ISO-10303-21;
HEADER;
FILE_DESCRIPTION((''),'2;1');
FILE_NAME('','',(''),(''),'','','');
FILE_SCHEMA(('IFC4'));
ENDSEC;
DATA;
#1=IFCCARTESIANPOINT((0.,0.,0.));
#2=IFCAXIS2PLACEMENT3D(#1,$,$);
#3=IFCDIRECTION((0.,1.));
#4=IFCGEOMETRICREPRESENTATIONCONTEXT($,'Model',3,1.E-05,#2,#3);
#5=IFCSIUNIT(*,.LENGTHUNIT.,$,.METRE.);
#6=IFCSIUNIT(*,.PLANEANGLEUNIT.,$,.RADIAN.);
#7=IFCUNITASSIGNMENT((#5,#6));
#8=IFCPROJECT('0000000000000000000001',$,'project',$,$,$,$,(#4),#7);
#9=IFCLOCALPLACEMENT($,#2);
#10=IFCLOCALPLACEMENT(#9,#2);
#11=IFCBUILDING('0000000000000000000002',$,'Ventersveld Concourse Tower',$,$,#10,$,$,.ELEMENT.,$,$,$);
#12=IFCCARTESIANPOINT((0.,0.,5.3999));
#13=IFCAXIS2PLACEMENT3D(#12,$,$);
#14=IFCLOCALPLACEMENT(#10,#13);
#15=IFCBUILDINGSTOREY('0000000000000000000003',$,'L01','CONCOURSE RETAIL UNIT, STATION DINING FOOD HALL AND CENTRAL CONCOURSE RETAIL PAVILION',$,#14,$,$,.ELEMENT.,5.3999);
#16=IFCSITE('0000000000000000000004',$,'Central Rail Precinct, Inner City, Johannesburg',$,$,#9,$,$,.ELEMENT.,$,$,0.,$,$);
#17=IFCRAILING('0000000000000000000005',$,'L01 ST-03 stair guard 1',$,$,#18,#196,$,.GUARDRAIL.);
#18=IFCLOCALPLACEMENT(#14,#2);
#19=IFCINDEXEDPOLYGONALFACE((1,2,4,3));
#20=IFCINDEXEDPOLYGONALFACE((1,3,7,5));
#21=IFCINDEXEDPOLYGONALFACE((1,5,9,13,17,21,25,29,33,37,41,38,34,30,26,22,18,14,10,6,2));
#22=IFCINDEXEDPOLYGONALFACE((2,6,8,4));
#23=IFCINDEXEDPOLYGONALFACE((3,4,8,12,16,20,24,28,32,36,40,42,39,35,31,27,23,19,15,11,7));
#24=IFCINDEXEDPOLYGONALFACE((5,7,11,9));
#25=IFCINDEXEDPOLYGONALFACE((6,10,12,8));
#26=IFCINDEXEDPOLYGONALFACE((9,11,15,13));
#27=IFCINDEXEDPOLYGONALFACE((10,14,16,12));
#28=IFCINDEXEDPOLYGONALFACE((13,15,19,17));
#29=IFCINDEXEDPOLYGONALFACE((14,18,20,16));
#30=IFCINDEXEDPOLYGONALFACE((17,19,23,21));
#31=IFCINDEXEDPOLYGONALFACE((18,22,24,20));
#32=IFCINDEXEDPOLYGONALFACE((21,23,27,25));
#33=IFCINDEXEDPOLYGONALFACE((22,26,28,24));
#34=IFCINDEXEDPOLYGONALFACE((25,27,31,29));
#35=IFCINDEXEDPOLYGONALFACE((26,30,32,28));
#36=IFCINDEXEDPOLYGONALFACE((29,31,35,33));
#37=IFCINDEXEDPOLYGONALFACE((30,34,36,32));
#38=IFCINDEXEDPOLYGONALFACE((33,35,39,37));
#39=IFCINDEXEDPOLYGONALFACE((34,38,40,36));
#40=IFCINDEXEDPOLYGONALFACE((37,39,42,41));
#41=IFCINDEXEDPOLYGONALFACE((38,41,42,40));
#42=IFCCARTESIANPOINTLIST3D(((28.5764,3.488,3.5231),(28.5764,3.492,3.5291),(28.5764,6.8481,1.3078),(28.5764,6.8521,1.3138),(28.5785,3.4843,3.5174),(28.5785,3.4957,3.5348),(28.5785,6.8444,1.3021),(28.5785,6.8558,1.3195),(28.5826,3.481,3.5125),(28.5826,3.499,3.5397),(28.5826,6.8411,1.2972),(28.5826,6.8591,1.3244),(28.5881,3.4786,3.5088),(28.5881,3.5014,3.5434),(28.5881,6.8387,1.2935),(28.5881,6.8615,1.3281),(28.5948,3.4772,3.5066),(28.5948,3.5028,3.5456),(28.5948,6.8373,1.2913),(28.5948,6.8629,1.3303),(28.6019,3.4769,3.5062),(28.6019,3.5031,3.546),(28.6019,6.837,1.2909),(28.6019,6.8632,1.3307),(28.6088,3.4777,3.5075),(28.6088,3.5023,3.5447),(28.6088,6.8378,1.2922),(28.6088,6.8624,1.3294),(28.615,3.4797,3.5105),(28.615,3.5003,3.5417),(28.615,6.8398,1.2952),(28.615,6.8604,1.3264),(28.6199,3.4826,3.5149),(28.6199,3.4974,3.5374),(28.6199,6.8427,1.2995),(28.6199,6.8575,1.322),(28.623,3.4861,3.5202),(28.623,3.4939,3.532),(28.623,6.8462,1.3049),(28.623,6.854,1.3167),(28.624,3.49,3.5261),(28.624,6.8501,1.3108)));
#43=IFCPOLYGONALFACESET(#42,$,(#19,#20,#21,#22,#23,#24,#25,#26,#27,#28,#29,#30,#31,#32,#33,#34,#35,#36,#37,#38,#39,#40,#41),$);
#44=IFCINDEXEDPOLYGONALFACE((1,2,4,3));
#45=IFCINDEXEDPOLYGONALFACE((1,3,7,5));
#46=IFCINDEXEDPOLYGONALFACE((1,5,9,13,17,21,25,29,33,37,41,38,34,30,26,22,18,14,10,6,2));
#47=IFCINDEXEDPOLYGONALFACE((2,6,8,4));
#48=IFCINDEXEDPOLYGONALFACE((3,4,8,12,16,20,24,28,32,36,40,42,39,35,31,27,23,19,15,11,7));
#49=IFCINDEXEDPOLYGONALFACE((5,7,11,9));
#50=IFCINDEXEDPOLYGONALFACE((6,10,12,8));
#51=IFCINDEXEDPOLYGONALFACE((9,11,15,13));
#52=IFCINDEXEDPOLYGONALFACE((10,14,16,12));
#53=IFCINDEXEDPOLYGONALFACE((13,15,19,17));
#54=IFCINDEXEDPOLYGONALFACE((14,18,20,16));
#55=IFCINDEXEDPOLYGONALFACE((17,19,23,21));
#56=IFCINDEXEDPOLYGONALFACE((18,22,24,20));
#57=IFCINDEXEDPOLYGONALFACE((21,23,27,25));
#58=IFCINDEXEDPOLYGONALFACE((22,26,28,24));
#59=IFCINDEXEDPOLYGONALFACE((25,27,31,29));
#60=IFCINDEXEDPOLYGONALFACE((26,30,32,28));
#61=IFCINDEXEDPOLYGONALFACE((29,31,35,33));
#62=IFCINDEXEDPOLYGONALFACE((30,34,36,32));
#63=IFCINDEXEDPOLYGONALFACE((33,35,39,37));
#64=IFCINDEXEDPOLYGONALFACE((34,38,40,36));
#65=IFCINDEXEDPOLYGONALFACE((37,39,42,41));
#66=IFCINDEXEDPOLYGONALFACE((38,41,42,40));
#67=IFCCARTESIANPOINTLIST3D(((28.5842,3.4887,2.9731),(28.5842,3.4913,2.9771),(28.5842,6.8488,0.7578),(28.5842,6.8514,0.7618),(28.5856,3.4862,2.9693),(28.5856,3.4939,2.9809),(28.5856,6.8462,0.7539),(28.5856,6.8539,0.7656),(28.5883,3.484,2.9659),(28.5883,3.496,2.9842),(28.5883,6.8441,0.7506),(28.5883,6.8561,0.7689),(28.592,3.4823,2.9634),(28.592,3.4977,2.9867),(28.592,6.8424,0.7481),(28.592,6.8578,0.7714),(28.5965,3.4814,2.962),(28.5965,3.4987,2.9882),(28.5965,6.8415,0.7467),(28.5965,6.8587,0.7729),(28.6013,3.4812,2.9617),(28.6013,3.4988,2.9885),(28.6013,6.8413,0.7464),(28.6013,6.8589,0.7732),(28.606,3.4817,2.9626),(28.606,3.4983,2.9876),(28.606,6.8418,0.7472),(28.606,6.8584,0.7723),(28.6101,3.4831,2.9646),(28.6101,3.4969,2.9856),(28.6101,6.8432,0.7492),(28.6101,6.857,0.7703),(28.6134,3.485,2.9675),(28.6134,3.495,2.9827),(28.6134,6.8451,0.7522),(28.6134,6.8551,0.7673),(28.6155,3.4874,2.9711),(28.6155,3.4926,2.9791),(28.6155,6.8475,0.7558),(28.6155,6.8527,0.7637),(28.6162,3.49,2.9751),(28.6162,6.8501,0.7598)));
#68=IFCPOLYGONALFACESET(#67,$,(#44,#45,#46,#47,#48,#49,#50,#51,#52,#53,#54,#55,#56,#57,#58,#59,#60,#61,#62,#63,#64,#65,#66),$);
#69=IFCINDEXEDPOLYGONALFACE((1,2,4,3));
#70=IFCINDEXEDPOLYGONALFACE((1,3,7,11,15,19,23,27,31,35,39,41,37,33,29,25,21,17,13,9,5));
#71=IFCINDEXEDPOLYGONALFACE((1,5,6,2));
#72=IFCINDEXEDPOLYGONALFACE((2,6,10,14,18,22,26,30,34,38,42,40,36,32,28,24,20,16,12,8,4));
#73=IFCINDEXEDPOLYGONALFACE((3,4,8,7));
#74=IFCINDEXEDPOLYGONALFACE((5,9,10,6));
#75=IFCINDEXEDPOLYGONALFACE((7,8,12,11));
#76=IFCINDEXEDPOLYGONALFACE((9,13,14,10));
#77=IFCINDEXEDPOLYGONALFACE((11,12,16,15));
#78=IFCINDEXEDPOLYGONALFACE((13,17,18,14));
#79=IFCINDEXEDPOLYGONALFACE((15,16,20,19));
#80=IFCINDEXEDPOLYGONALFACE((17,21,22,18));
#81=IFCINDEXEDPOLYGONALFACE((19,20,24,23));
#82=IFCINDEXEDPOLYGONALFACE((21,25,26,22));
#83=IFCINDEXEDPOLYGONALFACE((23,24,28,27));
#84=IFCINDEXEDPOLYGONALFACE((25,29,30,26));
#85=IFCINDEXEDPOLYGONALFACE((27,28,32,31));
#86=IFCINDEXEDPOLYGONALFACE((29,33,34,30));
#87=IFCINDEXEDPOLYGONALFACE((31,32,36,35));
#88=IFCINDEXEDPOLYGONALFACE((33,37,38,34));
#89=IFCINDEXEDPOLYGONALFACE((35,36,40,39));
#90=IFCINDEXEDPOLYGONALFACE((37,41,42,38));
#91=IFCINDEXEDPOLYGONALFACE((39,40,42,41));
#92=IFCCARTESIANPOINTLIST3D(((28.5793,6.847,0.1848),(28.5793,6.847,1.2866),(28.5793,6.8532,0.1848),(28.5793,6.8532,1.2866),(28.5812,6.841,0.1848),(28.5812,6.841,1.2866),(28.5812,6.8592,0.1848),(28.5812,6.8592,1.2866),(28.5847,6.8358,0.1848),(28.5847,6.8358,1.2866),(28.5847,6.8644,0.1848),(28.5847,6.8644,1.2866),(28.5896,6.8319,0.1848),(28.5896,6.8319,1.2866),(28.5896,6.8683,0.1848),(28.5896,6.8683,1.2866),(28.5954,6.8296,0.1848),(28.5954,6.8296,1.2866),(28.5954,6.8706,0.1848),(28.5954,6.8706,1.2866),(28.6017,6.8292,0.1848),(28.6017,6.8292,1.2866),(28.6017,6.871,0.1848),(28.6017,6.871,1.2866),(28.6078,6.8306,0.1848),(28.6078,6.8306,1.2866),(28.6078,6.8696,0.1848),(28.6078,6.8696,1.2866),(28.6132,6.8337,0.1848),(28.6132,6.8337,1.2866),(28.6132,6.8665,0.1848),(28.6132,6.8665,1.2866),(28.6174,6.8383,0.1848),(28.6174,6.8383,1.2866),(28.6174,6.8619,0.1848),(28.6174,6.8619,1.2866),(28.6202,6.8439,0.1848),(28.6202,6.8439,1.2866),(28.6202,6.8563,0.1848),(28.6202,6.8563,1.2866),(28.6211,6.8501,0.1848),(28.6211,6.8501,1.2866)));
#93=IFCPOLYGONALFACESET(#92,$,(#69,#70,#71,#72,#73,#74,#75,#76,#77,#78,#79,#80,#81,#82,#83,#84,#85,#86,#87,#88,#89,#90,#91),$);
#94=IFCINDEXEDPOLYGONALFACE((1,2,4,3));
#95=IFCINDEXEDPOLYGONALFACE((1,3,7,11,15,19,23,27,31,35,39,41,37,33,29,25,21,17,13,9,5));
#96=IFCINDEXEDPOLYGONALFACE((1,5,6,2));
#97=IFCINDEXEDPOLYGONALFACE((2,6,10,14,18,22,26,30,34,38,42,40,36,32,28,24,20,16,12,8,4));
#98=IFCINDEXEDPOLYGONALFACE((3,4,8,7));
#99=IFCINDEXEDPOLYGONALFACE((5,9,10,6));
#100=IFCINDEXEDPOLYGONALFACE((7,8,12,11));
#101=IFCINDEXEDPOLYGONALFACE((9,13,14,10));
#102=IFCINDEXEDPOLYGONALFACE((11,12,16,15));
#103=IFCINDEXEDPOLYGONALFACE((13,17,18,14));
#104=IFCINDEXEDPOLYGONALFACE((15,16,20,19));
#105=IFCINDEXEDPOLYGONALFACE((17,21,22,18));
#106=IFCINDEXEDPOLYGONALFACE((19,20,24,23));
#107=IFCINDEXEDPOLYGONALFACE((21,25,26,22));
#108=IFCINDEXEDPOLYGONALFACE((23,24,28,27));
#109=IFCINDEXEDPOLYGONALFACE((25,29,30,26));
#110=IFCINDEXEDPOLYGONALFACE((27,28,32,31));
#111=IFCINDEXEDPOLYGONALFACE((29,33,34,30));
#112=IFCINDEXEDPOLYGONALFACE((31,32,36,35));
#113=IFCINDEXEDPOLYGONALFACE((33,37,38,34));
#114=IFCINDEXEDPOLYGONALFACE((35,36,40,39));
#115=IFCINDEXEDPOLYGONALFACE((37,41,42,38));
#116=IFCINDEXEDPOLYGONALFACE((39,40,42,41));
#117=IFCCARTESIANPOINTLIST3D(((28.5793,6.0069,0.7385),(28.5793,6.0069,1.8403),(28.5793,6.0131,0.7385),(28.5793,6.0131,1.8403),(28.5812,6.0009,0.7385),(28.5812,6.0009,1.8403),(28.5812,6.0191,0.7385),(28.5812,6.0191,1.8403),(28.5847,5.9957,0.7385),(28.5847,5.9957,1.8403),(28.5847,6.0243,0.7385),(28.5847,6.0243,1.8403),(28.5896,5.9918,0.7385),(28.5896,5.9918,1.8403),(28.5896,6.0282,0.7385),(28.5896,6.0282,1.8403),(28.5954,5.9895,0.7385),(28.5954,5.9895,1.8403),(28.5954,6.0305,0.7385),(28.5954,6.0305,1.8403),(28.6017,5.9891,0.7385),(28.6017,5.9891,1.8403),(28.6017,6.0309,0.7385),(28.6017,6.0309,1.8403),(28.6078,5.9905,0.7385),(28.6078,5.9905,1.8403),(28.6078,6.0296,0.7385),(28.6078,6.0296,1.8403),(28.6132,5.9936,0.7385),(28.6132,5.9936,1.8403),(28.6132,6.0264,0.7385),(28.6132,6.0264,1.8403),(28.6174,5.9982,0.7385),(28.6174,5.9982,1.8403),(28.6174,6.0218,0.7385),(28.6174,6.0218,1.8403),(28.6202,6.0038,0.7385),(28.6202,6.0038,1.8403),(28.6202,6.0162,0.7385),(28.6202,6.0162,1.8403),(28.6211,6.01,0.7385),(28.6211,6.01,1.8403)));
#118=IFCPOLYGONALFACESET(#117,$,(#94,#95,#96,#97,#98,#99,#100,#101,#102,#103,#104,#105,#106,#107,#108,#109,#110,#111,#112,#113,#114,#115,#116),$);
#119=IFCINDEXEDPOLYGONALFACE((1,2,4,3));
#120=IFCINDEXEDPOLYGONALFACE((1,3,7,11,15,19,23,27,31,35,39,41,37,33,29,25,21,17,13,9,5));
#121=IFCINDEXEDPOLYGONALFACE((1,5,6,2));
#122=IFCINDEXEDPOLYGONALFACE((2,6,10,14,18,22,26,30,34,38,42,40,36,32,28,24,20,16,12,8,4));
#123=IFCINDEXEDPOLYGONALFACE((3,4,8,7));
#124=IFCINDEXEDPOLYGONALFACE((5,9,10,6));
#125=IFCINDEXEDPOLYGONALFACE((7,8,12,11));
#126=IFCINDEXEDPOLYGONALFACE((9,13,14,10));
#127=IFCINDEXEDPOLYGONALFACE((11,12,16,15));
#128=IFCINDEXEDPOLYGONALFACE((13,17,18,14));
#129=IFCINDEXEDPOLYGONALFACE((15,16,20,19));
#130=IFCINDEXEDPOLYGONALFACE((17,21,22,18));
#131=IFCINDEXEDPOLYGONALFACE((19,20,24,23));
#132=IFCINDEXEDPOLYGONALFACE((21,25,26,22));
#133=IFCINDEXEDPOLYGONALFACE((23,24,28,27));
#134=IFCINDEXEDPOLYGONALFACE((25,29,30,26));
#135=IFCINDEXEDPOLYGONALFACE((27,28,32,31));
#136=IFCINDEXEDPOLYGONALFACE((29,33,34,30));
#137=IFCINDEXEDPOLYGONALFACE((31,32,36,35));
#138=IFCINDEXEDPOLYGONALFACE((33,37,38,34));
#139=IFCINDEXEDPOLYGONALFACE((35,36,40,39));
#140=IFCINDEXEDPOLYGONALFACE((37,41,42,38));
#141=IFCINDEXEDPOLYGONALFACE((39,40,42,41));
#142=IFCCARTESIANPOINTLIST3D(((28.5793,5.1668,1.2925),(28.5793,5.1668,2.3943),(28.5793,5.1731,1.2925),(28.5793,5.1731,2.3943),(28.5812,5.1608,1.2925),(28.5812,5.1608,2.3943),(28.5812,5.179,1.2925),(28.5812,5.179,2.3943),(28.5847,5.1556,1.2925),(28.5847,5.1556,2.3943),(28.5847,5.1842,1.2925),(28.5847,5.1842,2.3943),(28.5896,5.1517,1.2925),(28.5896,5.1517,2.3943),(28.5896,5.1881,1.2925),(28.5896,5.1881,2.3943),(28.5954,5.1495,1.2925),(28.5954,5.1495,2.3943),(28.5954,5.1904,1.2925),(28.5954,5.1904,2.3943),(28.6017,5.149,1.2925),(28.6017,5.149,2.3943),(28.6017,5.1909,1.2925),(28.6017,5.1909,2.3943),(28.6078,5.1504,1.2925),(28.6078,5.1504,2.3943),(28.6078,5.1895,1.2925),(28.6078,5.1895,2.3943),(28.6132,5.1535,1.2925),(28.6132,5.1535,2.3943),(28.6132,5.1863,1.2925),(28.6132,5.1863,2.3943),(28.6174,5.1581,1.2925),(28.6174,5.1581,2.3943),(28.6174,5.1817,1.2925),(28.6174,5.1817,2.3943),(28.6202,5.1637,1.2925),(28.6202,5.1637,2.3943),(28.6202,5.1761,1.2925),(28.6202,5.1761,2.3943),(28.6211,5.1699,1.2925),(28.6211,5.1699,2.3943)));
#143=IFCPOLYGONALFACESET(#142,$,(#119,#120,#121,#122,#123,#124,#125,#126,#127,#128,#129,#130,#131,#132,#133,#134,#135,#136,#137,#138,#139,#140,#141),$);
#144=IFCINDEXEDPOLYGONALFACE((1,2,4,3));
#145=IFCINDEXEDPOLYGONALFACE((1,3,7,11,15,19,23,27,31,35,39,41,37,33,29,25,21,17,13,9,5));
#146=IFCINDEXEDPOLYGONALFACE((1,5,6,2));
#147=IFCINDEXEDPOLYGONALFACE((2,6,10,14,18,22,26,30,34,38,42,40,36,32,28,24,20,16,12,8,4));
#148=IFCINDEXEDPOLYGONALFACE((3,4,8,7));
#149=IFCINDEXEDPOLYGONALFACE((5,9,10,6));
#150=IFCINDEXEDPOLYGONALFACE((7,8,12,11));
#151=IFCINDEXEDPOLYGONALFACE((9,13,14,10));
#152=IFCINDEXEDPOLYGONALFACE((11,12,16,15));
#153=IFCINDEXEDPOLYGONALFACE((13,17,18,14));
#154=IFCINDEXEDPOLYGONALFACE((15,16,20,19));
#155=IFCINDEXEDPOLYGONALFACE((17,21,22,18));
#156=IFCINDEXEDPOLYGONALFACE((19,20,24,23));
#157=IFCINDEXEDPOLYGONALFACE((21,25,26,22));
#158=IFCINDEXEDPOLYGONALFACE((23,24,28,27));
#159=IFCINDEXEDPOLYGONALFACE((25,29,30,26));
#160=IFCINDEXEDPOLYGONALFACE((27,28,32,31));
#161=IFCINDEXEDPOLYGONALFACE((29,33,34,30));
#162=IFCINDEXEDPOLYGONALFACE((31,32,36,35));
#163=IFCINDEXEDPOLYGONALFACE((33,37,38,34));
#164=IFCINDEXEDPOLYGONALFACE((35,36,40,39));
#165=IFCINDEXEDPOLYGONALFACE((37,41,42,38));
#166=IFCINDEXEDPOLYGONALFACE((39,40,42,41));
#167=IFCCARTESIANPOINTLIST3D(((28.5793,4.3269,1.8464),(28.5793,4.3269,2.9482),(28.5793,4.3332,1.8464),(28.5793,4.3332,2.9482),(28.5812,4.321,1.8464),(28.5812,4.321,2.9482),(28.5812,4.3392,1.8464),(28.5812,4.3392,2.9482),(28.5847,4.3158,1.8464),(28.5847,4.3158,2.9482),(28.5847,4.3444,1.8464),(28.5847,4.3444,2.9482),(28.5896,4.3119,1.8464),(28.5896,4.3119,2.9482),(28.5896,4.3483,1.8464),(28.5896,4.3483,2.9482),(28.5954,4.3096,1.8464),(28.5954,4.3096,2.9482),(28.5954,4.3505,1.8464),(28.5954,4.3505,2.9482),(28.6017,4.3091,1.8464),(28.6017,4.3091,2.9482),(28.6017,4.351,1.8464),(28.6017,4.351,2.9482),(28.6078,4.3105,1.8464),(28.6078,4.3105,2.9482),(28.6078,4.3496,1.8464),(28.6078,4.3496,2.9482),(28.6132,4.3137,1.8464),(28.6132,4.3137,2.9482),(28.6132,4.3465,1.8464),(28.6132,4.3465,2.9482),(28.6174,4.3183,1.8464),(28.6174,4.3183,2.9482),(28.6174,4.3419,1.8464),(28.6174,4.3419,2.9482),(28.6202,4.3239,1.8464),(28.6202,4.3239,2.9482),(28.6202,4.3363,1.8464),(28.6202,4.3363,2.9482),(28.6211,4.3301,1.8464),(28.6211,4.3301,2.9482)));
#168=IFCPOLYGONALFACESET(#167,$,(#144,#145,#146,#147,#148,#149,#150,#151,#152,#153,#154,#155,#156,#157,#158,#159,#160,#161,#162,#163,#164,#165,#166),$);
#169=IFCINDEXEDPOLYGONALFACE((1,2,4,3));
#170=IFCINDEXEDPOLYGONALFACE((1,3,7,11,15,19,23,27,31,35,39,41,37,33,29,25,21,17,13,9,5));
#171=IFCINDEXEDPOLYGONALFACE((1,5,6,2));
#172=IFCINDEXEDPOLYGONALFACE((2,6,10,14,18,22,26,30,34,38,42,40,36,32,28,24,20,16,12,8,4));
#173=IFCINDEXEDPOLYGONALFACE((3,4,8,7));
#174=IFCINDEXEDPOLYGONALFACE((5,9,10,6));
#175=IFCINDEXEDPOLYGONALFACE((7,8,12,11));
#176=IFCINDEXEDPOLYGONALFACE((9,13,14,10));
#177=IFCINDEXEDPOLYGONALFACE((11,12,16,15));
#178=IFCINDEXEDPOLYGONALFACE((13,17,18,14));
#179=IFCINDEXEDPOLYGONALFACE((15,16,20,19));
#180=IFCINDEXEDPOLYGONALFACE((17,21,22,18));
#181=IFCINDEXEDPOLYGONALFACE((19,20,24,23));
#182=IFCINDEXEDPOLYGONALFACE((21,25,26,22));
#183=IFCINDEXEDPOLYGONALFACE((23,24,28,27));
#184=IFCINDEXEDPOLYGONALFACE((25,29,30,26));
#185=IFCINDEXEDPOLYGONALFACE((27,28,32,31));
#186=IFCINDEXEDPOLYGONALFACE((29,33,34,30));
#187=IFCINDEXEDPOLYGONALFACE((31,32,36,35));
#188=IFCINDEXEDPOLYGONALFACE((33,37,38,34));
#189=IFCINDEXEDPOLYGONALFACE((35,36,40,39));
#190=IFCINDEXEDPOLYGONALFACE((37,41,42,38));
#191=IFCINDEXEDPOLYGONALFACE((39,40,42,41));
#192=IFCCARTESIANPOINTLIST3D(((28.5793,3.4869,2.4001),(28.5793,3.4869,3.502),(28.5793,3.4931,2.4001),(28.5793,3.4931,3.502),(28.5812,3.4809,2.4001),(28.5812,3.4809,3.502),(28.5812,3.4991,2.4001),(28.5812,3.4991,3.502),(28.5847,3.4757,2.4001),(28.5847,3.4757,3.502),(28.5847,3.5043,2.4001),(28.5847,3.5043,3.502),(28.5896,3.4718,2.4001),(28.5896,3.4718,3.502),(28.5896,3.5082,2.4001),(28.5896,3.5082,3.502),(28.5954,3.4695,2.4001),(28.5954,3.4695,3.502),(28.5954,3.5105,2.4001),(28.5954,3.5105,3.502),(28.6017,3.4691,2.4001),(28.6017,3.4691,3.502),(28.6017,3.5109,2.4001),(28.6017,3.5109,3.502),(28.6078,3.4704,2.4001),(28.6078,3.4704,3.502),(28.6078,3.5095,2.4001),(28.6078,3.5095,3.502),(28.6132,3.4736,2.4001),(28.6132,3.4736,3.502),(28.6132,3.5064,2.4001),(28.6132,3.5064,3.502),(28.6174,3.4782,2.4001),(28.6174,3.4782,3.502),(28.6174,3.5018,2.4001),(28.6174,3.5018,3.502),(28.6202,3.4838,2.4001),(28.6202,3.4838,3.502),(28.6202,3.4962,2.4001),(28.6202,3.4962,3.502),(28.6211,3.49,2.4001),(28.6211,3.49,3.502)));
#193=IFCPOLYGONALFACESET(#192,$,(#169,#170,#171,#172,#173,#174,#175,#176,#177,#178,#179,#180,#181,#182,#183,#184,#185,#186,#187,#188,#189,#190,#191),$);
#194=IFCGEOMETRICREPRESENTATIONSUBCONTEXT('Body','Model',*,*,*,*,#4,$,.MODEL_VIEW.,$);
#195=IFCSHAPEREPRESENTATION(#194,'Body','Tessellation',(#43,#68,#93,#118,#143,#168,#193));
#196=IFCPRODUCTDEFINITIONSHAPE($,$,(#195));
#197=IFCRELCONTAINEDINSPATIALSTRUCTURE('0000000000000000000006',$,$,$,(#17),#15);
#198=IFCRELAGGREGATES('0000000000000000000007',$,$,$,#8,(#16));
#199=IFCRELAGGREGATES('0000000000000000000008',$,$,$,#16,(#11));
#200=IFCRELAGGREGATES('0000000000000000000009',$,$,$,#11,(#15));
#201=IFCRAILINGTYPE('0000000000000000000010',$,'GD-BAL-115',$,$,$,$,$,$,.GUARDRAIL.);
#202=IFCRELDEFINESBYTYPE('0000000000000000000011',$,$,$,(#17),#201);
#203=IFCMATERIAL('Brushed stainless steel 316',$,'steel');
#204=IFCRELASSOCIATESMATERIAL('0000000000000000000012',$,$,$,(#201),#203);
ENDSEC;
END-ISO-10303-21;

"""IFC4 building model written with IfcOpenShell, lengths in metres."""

from ifc_helpers import new_model, si_unit, direction, frame, origin, origin_2d, place, context, subcontext, project, spatial, circle, extrude, material, type_object, element, save


model = new_model("IFC4")

# Units and contexts
model_context = context("Model", 3, precision=1e-05, world=origin(), true_north=direction((0.0, 1.0)))
body_context = subcontext(model_context, "Body", "Model", "MODEL_VIEW")
ifc_project = project(units=[si_unit("LENGTHUNIT", "METRE"), si_unit("PLANEANGLEUNIT", "RADIAN")], contexts=[model_context])

# Site, building, storey
site_placement = place(None, origin())
site = spatial("IfcSite", under=ifc_project, at=site_placement, Name="Central Rail Precinct, Inner City, Johannesburg", CompositionType="ELEMENT", RefElevation=0.0)
building_placement = place(site_placement, origin())
building = spatial("IfcBuilding", under=site, at=building_placement, Name="Ventersveld Concourse Tower", CompositionType="ELEMENT")
storey_placement = place(building_placement, frame((0.0, 0.0, 5.3999)))
storey = spatial("IfcBuildingStorey", under=building, at=storey_placement, Name="L01", Description="CONCOURSE RETAIL UNIT, STATION DINING FOOD HALL AND CENTRAL CONCOURSE RETAIL PAVILION", CompositionType="ELEMENT", Elevation=5.3999)

# Shared definitions
ifc_material_1 = material(Name="Brushed stainless steel 316", Category="steel")

# Railing
railing_type_1 = type_object("IfcRailingType", Name="GD-BAL-115", PredefinedType="GUARDRAIL", material=ifc_material_1)
railing_1_placement = place(storey_placement, frame((28.6001, 6.8501, 0.1848)))
element("IfcRailing", 1, at=railing_1_placement, inside=storey, type_object=railing_type_1, Name="L01 ST-03 stair guard 1", PredefinedType="GUARDRAIL", context=body_context, shape_type="SweptSolid", body=[
    extrude(circle(Radius=0.0239, at=origin_2d()), frame((0.0, 0.0, 1.126), z_axis=(0.0, -0.834876, 0.550437), x_axis=(1.0, 0.0, 0.0)), (0.0, 0.0, 1.0), 4.0247),
    extrude(circle(Radius=0.0161, at=origin_2d()), frame((0.0, 0.0, 0.575), z_axis=(0.0, -0.834876, 0.550437), x_axis=(1.0, 0.0, 0.0)), (0.0, 0.0, 1.0), 4.0247),
    extrude(circle(Radius=0.021, at=origin_2d()), origin(), (0.0, 0.0, 1.0), 1.1018),
    extrude(circle(Radius=0.021, at=origin_2d()), frame((0.0, -0.8401, 0.5537)), (0.0, 0.0, 1.0), 1.1018),
    extrude(circle(Radius=0.021, at=origin_2d()), frame((0.0, -1.6802, 1.1077)), (0.0, 0.0, 1.0), 1.1018),
    extrude(circle(Radius=0.021, at=origin_2d()), frame((0.0, -2.52, 1.6616)), (0.0, 0.0, 1.0), 1.1018),
    extrude(circle(Radius=0.021, at=origin_2d()), frame((0.0, -3.3601, 2.2153)), (0.0, 0.0, 1.0), 1.1018),
])

save(model, "model.ifc")
